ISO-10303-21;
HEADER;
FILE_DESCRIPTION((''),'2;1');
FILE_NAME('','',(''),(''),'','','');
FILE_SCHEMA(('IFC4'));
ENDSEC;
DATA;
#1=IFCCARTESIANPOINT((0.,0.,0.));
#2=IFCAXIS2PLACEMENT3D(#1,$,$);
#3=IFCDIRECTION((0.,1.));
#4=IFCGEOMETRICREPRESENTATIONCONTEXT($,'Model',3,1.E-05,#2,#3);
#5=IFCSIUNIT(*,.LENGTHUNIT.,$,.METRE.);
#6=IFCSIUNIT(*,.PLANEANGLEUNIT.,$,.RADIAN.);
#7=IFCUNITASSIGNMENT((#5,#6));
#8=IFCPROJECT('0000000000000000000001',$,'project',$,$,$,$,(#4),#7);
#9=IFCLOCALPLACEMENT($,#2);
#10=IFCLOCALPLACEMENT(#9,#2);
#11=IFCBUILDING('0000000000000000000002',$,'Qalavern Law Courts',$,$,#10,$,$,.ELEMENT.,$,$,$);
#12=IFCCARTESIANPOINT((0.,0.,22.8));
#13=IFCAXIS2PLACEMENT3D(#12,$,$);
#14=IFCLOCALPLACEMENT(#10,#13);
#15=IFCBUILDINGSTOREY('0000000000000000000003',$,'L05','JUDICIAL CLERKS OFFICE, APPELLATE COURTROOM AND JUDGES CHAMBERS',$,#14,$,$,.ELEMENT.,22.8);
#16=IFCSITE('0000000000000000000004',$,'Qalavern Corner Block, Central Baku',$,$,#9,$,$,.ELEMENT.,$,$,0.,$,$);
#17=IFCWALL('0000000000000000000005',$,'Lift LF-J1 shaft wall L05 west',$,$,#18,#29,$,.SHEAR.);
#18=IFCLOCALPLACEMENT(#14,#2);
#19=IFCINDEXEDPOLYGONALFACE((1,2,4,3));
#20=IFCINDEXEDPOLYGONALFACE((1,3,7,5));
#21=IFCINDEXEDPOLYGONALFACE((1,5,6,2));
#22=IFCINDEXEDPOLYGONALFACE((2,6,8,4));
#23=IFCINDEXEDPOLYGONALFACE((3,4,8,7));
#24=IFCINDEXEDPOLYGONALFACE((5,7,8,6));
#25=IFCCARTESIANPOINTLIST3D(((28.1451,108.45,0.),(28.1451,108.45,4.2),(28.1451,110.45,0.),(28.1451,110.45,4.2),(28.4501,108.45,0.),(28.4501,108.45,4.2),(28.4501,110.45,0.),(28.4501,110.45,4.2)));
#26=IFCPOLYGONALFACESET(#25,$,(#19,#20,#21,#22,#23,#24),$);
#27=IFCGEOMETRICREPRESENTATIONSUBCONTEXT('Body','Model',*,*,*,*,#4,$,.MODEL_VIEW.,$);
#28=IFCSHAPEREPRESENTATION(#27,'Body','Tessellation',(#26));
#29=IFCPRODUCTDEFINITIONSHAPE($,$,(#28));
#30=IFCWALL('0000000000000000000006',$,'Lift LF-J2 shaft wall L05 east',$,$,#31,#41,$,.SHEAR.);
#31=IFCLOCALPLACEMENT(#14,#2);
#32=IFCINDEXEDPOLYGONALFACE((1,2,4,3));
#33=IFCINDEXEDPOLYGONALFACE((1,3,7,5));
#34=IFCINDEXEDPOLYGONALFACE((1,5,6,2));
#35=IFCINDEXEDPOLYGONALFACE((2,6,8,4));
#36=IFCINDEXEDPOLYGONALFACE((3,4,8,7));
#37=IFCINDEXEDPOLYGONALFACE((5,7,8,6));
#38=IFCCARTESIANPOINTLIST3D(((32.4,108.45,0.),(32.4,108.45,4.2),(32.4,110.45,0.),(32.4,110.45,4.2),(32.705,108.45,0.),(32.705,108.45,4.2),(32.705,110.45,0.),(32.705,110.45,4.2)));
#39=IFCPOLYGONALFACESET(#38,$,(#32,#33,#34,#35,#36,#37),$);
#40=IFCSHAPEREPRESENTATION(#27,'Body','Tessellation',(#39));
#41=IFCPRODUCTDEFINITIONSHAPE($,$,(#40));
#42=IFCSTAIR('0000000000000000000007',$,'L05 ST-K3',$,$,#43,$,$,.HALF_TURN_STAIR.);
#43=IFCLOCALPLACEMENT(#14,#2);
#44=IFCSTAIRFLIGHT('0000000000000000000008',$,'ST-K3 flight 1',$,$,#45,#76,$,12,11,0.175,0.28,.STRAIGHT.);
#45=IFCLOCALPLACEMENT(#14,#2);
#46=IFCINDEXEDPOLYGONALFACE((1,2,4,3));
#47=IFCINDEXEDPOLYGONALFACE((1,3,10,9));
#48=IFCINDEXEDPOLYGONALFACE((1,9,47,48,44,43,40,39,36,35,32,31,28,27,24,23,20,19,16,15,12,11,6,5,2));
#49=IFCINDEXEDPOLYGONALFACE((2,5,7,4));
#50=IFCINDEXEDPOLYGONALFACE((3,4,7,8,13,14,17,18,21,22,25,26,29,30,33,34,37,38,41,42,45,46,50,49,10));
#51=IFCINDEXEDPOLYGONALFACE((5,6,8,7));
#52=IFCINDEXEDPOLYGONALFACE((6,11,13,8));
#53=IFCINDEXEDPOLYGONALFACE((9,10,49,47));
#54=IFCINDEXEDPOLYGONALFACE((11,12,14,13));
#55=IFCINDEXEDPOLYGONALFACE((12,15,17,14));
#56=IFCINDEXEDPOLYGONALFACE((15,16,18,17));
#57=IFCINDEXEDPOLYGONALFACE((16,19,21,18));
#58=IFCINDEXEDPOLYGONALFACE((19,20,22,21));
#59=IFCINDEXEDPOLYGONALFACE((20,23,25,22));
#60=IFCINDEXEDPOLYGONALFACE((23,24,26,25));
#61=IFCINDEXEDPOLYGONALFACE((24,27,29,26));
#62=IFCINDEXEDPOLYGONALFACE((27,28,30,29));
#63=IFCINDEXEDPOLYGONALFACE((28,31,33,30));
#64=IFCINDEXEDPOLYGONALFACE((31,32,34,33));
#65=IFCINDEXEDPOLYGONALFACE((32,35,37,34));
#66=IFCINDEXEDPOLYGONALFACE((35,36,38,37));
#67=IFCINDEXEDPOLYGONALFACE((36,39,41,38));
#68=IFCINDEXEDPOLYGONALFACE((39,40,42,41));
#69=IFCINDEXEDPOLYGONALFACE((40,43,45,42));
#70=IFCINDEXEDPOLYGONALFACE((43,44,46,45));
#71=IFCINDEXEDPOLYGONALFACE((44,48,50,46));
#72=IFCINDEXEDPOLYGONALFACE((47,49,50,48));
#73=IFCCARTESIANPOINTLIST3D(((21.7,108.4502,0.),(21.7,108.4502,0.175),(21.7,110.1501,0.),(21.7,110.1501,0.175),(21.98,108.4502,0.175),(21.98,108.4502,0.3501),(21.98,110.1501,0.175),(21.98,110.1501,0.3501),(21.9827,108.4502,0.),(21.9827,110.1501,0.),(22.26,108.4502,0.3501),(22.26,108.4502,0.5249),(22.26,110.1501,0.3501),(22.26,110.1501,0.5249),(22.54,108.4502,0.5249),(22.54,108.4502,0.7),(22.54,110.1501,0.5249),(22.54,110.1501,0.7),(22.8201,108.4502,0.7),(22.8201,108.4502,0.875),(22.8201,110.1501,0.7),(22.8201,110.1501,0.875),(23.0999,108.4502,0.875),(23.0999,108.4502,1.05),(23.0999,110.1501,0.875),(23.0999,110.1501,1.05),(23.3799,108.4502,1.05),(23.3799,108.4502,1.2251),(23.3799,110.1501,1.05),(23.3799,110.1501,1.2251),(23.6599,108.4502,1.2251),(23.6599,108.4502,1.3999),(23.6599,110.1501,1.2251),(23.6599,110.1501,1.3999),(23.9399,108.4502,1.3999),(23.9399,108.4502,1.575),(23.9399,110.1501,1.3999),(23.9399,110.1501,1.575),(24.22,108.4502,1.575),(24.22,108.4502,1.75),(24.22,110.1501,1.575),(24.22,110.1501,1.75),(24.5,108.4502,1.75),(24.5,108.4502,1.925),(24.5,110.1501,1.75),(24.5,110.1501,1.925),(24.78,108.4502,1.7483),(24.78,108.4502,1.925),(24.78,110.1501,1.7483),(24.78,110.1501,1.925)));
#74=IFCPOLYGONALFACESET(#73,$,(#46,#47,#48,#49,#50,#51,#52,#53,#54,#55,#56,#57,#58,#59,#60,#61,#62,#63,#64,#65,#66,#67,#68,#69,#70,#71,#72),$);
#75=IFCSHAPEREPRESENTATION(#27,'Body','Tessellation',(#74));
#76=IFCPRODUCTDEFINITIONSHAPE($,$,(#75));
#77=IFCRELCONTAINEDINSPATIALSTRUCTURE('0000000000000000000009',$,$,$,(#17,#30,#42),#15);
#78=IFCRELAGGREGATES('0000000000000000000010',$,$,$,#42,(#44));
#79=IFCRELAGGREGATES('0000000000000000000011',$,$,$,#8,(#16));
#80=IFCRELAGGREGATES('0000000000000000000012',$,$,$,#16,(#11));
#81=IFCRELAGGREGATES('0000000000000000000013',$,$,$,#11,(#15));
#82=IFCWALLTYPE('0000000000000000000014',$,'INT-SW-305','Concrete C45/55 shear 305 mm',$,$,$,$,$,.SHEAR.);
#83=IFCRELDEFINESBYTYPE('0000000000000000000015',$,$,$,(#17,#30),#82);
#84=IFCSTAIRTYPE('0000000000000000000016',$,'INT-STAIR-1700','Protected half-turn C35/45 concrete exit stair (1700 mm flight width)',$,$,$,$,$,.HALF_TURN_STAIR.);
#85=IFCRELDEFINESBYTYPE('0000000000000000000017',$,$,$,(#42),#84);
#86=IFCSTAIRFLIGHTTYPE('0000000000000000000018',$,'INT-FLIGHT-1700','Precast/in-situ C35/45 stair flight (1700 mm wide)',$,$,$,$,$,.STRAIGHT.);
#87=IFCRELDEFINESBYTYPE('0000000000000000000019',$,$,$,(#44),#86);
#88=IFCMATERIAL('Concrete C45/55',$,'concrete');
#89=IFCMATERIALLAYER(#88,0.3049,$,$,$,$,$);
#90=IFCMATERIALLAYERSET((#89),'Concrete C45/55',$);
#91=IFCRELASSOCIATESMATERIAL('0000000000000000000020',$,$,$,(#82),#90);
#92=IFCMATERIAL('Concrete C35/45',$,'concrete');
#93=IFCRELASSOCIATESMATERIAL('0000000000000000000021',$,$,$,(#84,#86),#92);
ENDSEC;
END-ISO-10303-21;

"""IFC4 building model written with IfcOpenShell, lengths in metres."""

from ifc_helpers import new_model, si_unit, direction, frame, frame_2d, origin, place, context, subcontext, project, spatial, polyline, rectangle, outline, extrude, material, layer, layer_set, type_object, element, aggregate, save


model = new_model("IFC4")

# Units and contexts
model_context = context("Model", 3, precision=1e-05, world=origin(), true_north=direction((0.0, 1.0)))
body_context = subcontext(model_context, "Body", "Model", "MODEL_VIEW")
ifc_project = project(units=[si_unit("LENGTHUNIT", "METRE"), si_unit("PLANEANGLEUNIT", "RADIAN")], contexts=[model_context])

# Site, building, storey
site_placement = place(None, origin())
site = spatial("IfcSite", under=ifc_project, at=site_placement, Name="Qalavern Corner Block, Central Baku", CompositionType="ELEMENT", RefElevation=0.0)
building_placement = place(site_placement, origin())
building = spatial("IfcBuilding", under=site, at=building_placement, Name="Qalavern Law Courts", CompositionType="ELEMENT")
storey_placement = place(building_placement, frame((0.0, 0.0, 22.8)))
storey = spatial("IfcBuildingStorey", under=building, at=storey_placement, Name="L05", Description="JUDICIAL CLERKS OFFICE, APPELLATE COURTROOM AND JUDGES CHAMBERS", CompositionType="ELEMENT", Elevation=22.8)

# Shared definitions
ifc_material_1 = material(Name="Concrete C45/55", Category="concrete")

# Shared definitions
ifc_material_2 = material(Name="Concrete C35/45", Category="concrete")

# Shared definitions
ifc_layer_1 = layer(ifc_material_1, 0.3049)
ifc_layer_set_1 = layer_set([ifc_layer_1], Name="Concrete C45/55")
wall_type_1 = type_object("IfcWallType", Name="INT-SW-305", Description="Concrete C45/55 shear 305 mm", PredefinedType="SHEAR", material=ifc_layer_set_1)

# Wall
wall_1_placement = place(storey_placement, frame((28.2976, 110.45, 0.0), z_axis=(0.0, 0.0, 1.0), x_axis=(0.0, -1.0, 0.0)))
element("IfcWall", 1, at=wall_1_placement, inside=storey, type_object=wall_type_1, Name="Lift LF-J1 shaft wall L05 west", PredefinedType="SHEAR", context=body_context, shape_type="SweptSolid", body=[
    extrude(rectangle(XDim=2.0, YDim=0.3049, at=frame_2d((1.0, 0.0))), origin(), (0.0, 0.0, 1.0), 4.2),
])

# Wall
wall_2_placement = place(storey_placement, frame((32.5525, 108.45, 0.0), z_axis=(0.0, 0.0, 1.0), x_axis=(0.0, 1.0, 0.0)))
element("IfcWall", 2, at=wall_2_placement, inside=storey, type_object=wall_type_1, Name="Lift LF-J2 shaft wall L05 east", PredefinedType="SHEAR", context=body_context, shape_type="SweptSolid", body=[
    extrude(rectangle(XDim=2.0, YDim=0.3049, at=frame_2d((1.0, 0.0))), origin(), (0.0, 0.0, 1.0), 4.2),
])

# Stair, stair flight
stair_type = type_object("IfcStairType", Name="INT-STAIR-1700", Description="Protected half-turn C35/45 concrete exit stair (1700 mm flight width)", PredefinedType="HALF_TURN_STAIR", material=ifc_material_2)
stair_placement = place(storey_placement, origin())
stair = element("IfcStair", 3, at=stair_placement, inside=storey, type_object=stair_type, Name="L05 ST-K3", PredefinedType="HALF_TURN_STAIR")
stair_flight_type = type_object("IfcStairFlightType", Name="INT-FLIGHT-1700", Description="Precast/in-situ C35/45 stair flight (1700 mm wide)", PredefinedType="STRAIGHT", material=ifc_material_2)
stair_flight_placement = place(storey_placement, frame((21.7, 109.3, 0.0), z_axis=(0.0, 0.0, 1.0), x_axis=(1.0, 0.0, 0.0)))
stair_flight = element("IfcStairFlight", 4, at=stair_flight_placement, type_object=stair_flight_type, Name="ST-K3 flight 1", NumberOfRisers=12, NumberOfTreads=11, PredefinedType="STRAIGHT", RiserHeight=0.175, TreadLength=0.28, context=body_context, shape_type="SweptSolid", body=[
    extrude(outline(polyline([(0.0, 0.0), (0.0, 0.175), (0.28, 0.175), (0.28, 0.3501), (0.5601, 0.3501), (0.5601, 0.5249), (0.8401, 0.5249), (0.8401, 0.7), (1.1201, 0.7), (1.1201, 0.875), (1.3999, 0.875), (1.3999, 1.05), (1.6799, 1.05), (1.6799, 1.2251), (1.96, 1.2251), (1.96, 1.3999), (2.24, 1.3999), (2.24, 1.575), (2.52, 1.575), (2.52, 1.75), (2.8, 1.75), (2.8, 1.925), (3.0801, 1.925), (3.0801, 2.1001), (3.0801, 1.7483), (0.2827, 0.0), (0.0, 0.0)])), frame((0.0, 0.8501, 0.0), z_axis=(0.0, -1.0, 0.0), x_axis=(1.0, 0.0, 0.0)), (0.0, 0.0, 1.0), 1.7),
])
aggregate(stair, [stair_flight])

save(model, "model.ifc")
